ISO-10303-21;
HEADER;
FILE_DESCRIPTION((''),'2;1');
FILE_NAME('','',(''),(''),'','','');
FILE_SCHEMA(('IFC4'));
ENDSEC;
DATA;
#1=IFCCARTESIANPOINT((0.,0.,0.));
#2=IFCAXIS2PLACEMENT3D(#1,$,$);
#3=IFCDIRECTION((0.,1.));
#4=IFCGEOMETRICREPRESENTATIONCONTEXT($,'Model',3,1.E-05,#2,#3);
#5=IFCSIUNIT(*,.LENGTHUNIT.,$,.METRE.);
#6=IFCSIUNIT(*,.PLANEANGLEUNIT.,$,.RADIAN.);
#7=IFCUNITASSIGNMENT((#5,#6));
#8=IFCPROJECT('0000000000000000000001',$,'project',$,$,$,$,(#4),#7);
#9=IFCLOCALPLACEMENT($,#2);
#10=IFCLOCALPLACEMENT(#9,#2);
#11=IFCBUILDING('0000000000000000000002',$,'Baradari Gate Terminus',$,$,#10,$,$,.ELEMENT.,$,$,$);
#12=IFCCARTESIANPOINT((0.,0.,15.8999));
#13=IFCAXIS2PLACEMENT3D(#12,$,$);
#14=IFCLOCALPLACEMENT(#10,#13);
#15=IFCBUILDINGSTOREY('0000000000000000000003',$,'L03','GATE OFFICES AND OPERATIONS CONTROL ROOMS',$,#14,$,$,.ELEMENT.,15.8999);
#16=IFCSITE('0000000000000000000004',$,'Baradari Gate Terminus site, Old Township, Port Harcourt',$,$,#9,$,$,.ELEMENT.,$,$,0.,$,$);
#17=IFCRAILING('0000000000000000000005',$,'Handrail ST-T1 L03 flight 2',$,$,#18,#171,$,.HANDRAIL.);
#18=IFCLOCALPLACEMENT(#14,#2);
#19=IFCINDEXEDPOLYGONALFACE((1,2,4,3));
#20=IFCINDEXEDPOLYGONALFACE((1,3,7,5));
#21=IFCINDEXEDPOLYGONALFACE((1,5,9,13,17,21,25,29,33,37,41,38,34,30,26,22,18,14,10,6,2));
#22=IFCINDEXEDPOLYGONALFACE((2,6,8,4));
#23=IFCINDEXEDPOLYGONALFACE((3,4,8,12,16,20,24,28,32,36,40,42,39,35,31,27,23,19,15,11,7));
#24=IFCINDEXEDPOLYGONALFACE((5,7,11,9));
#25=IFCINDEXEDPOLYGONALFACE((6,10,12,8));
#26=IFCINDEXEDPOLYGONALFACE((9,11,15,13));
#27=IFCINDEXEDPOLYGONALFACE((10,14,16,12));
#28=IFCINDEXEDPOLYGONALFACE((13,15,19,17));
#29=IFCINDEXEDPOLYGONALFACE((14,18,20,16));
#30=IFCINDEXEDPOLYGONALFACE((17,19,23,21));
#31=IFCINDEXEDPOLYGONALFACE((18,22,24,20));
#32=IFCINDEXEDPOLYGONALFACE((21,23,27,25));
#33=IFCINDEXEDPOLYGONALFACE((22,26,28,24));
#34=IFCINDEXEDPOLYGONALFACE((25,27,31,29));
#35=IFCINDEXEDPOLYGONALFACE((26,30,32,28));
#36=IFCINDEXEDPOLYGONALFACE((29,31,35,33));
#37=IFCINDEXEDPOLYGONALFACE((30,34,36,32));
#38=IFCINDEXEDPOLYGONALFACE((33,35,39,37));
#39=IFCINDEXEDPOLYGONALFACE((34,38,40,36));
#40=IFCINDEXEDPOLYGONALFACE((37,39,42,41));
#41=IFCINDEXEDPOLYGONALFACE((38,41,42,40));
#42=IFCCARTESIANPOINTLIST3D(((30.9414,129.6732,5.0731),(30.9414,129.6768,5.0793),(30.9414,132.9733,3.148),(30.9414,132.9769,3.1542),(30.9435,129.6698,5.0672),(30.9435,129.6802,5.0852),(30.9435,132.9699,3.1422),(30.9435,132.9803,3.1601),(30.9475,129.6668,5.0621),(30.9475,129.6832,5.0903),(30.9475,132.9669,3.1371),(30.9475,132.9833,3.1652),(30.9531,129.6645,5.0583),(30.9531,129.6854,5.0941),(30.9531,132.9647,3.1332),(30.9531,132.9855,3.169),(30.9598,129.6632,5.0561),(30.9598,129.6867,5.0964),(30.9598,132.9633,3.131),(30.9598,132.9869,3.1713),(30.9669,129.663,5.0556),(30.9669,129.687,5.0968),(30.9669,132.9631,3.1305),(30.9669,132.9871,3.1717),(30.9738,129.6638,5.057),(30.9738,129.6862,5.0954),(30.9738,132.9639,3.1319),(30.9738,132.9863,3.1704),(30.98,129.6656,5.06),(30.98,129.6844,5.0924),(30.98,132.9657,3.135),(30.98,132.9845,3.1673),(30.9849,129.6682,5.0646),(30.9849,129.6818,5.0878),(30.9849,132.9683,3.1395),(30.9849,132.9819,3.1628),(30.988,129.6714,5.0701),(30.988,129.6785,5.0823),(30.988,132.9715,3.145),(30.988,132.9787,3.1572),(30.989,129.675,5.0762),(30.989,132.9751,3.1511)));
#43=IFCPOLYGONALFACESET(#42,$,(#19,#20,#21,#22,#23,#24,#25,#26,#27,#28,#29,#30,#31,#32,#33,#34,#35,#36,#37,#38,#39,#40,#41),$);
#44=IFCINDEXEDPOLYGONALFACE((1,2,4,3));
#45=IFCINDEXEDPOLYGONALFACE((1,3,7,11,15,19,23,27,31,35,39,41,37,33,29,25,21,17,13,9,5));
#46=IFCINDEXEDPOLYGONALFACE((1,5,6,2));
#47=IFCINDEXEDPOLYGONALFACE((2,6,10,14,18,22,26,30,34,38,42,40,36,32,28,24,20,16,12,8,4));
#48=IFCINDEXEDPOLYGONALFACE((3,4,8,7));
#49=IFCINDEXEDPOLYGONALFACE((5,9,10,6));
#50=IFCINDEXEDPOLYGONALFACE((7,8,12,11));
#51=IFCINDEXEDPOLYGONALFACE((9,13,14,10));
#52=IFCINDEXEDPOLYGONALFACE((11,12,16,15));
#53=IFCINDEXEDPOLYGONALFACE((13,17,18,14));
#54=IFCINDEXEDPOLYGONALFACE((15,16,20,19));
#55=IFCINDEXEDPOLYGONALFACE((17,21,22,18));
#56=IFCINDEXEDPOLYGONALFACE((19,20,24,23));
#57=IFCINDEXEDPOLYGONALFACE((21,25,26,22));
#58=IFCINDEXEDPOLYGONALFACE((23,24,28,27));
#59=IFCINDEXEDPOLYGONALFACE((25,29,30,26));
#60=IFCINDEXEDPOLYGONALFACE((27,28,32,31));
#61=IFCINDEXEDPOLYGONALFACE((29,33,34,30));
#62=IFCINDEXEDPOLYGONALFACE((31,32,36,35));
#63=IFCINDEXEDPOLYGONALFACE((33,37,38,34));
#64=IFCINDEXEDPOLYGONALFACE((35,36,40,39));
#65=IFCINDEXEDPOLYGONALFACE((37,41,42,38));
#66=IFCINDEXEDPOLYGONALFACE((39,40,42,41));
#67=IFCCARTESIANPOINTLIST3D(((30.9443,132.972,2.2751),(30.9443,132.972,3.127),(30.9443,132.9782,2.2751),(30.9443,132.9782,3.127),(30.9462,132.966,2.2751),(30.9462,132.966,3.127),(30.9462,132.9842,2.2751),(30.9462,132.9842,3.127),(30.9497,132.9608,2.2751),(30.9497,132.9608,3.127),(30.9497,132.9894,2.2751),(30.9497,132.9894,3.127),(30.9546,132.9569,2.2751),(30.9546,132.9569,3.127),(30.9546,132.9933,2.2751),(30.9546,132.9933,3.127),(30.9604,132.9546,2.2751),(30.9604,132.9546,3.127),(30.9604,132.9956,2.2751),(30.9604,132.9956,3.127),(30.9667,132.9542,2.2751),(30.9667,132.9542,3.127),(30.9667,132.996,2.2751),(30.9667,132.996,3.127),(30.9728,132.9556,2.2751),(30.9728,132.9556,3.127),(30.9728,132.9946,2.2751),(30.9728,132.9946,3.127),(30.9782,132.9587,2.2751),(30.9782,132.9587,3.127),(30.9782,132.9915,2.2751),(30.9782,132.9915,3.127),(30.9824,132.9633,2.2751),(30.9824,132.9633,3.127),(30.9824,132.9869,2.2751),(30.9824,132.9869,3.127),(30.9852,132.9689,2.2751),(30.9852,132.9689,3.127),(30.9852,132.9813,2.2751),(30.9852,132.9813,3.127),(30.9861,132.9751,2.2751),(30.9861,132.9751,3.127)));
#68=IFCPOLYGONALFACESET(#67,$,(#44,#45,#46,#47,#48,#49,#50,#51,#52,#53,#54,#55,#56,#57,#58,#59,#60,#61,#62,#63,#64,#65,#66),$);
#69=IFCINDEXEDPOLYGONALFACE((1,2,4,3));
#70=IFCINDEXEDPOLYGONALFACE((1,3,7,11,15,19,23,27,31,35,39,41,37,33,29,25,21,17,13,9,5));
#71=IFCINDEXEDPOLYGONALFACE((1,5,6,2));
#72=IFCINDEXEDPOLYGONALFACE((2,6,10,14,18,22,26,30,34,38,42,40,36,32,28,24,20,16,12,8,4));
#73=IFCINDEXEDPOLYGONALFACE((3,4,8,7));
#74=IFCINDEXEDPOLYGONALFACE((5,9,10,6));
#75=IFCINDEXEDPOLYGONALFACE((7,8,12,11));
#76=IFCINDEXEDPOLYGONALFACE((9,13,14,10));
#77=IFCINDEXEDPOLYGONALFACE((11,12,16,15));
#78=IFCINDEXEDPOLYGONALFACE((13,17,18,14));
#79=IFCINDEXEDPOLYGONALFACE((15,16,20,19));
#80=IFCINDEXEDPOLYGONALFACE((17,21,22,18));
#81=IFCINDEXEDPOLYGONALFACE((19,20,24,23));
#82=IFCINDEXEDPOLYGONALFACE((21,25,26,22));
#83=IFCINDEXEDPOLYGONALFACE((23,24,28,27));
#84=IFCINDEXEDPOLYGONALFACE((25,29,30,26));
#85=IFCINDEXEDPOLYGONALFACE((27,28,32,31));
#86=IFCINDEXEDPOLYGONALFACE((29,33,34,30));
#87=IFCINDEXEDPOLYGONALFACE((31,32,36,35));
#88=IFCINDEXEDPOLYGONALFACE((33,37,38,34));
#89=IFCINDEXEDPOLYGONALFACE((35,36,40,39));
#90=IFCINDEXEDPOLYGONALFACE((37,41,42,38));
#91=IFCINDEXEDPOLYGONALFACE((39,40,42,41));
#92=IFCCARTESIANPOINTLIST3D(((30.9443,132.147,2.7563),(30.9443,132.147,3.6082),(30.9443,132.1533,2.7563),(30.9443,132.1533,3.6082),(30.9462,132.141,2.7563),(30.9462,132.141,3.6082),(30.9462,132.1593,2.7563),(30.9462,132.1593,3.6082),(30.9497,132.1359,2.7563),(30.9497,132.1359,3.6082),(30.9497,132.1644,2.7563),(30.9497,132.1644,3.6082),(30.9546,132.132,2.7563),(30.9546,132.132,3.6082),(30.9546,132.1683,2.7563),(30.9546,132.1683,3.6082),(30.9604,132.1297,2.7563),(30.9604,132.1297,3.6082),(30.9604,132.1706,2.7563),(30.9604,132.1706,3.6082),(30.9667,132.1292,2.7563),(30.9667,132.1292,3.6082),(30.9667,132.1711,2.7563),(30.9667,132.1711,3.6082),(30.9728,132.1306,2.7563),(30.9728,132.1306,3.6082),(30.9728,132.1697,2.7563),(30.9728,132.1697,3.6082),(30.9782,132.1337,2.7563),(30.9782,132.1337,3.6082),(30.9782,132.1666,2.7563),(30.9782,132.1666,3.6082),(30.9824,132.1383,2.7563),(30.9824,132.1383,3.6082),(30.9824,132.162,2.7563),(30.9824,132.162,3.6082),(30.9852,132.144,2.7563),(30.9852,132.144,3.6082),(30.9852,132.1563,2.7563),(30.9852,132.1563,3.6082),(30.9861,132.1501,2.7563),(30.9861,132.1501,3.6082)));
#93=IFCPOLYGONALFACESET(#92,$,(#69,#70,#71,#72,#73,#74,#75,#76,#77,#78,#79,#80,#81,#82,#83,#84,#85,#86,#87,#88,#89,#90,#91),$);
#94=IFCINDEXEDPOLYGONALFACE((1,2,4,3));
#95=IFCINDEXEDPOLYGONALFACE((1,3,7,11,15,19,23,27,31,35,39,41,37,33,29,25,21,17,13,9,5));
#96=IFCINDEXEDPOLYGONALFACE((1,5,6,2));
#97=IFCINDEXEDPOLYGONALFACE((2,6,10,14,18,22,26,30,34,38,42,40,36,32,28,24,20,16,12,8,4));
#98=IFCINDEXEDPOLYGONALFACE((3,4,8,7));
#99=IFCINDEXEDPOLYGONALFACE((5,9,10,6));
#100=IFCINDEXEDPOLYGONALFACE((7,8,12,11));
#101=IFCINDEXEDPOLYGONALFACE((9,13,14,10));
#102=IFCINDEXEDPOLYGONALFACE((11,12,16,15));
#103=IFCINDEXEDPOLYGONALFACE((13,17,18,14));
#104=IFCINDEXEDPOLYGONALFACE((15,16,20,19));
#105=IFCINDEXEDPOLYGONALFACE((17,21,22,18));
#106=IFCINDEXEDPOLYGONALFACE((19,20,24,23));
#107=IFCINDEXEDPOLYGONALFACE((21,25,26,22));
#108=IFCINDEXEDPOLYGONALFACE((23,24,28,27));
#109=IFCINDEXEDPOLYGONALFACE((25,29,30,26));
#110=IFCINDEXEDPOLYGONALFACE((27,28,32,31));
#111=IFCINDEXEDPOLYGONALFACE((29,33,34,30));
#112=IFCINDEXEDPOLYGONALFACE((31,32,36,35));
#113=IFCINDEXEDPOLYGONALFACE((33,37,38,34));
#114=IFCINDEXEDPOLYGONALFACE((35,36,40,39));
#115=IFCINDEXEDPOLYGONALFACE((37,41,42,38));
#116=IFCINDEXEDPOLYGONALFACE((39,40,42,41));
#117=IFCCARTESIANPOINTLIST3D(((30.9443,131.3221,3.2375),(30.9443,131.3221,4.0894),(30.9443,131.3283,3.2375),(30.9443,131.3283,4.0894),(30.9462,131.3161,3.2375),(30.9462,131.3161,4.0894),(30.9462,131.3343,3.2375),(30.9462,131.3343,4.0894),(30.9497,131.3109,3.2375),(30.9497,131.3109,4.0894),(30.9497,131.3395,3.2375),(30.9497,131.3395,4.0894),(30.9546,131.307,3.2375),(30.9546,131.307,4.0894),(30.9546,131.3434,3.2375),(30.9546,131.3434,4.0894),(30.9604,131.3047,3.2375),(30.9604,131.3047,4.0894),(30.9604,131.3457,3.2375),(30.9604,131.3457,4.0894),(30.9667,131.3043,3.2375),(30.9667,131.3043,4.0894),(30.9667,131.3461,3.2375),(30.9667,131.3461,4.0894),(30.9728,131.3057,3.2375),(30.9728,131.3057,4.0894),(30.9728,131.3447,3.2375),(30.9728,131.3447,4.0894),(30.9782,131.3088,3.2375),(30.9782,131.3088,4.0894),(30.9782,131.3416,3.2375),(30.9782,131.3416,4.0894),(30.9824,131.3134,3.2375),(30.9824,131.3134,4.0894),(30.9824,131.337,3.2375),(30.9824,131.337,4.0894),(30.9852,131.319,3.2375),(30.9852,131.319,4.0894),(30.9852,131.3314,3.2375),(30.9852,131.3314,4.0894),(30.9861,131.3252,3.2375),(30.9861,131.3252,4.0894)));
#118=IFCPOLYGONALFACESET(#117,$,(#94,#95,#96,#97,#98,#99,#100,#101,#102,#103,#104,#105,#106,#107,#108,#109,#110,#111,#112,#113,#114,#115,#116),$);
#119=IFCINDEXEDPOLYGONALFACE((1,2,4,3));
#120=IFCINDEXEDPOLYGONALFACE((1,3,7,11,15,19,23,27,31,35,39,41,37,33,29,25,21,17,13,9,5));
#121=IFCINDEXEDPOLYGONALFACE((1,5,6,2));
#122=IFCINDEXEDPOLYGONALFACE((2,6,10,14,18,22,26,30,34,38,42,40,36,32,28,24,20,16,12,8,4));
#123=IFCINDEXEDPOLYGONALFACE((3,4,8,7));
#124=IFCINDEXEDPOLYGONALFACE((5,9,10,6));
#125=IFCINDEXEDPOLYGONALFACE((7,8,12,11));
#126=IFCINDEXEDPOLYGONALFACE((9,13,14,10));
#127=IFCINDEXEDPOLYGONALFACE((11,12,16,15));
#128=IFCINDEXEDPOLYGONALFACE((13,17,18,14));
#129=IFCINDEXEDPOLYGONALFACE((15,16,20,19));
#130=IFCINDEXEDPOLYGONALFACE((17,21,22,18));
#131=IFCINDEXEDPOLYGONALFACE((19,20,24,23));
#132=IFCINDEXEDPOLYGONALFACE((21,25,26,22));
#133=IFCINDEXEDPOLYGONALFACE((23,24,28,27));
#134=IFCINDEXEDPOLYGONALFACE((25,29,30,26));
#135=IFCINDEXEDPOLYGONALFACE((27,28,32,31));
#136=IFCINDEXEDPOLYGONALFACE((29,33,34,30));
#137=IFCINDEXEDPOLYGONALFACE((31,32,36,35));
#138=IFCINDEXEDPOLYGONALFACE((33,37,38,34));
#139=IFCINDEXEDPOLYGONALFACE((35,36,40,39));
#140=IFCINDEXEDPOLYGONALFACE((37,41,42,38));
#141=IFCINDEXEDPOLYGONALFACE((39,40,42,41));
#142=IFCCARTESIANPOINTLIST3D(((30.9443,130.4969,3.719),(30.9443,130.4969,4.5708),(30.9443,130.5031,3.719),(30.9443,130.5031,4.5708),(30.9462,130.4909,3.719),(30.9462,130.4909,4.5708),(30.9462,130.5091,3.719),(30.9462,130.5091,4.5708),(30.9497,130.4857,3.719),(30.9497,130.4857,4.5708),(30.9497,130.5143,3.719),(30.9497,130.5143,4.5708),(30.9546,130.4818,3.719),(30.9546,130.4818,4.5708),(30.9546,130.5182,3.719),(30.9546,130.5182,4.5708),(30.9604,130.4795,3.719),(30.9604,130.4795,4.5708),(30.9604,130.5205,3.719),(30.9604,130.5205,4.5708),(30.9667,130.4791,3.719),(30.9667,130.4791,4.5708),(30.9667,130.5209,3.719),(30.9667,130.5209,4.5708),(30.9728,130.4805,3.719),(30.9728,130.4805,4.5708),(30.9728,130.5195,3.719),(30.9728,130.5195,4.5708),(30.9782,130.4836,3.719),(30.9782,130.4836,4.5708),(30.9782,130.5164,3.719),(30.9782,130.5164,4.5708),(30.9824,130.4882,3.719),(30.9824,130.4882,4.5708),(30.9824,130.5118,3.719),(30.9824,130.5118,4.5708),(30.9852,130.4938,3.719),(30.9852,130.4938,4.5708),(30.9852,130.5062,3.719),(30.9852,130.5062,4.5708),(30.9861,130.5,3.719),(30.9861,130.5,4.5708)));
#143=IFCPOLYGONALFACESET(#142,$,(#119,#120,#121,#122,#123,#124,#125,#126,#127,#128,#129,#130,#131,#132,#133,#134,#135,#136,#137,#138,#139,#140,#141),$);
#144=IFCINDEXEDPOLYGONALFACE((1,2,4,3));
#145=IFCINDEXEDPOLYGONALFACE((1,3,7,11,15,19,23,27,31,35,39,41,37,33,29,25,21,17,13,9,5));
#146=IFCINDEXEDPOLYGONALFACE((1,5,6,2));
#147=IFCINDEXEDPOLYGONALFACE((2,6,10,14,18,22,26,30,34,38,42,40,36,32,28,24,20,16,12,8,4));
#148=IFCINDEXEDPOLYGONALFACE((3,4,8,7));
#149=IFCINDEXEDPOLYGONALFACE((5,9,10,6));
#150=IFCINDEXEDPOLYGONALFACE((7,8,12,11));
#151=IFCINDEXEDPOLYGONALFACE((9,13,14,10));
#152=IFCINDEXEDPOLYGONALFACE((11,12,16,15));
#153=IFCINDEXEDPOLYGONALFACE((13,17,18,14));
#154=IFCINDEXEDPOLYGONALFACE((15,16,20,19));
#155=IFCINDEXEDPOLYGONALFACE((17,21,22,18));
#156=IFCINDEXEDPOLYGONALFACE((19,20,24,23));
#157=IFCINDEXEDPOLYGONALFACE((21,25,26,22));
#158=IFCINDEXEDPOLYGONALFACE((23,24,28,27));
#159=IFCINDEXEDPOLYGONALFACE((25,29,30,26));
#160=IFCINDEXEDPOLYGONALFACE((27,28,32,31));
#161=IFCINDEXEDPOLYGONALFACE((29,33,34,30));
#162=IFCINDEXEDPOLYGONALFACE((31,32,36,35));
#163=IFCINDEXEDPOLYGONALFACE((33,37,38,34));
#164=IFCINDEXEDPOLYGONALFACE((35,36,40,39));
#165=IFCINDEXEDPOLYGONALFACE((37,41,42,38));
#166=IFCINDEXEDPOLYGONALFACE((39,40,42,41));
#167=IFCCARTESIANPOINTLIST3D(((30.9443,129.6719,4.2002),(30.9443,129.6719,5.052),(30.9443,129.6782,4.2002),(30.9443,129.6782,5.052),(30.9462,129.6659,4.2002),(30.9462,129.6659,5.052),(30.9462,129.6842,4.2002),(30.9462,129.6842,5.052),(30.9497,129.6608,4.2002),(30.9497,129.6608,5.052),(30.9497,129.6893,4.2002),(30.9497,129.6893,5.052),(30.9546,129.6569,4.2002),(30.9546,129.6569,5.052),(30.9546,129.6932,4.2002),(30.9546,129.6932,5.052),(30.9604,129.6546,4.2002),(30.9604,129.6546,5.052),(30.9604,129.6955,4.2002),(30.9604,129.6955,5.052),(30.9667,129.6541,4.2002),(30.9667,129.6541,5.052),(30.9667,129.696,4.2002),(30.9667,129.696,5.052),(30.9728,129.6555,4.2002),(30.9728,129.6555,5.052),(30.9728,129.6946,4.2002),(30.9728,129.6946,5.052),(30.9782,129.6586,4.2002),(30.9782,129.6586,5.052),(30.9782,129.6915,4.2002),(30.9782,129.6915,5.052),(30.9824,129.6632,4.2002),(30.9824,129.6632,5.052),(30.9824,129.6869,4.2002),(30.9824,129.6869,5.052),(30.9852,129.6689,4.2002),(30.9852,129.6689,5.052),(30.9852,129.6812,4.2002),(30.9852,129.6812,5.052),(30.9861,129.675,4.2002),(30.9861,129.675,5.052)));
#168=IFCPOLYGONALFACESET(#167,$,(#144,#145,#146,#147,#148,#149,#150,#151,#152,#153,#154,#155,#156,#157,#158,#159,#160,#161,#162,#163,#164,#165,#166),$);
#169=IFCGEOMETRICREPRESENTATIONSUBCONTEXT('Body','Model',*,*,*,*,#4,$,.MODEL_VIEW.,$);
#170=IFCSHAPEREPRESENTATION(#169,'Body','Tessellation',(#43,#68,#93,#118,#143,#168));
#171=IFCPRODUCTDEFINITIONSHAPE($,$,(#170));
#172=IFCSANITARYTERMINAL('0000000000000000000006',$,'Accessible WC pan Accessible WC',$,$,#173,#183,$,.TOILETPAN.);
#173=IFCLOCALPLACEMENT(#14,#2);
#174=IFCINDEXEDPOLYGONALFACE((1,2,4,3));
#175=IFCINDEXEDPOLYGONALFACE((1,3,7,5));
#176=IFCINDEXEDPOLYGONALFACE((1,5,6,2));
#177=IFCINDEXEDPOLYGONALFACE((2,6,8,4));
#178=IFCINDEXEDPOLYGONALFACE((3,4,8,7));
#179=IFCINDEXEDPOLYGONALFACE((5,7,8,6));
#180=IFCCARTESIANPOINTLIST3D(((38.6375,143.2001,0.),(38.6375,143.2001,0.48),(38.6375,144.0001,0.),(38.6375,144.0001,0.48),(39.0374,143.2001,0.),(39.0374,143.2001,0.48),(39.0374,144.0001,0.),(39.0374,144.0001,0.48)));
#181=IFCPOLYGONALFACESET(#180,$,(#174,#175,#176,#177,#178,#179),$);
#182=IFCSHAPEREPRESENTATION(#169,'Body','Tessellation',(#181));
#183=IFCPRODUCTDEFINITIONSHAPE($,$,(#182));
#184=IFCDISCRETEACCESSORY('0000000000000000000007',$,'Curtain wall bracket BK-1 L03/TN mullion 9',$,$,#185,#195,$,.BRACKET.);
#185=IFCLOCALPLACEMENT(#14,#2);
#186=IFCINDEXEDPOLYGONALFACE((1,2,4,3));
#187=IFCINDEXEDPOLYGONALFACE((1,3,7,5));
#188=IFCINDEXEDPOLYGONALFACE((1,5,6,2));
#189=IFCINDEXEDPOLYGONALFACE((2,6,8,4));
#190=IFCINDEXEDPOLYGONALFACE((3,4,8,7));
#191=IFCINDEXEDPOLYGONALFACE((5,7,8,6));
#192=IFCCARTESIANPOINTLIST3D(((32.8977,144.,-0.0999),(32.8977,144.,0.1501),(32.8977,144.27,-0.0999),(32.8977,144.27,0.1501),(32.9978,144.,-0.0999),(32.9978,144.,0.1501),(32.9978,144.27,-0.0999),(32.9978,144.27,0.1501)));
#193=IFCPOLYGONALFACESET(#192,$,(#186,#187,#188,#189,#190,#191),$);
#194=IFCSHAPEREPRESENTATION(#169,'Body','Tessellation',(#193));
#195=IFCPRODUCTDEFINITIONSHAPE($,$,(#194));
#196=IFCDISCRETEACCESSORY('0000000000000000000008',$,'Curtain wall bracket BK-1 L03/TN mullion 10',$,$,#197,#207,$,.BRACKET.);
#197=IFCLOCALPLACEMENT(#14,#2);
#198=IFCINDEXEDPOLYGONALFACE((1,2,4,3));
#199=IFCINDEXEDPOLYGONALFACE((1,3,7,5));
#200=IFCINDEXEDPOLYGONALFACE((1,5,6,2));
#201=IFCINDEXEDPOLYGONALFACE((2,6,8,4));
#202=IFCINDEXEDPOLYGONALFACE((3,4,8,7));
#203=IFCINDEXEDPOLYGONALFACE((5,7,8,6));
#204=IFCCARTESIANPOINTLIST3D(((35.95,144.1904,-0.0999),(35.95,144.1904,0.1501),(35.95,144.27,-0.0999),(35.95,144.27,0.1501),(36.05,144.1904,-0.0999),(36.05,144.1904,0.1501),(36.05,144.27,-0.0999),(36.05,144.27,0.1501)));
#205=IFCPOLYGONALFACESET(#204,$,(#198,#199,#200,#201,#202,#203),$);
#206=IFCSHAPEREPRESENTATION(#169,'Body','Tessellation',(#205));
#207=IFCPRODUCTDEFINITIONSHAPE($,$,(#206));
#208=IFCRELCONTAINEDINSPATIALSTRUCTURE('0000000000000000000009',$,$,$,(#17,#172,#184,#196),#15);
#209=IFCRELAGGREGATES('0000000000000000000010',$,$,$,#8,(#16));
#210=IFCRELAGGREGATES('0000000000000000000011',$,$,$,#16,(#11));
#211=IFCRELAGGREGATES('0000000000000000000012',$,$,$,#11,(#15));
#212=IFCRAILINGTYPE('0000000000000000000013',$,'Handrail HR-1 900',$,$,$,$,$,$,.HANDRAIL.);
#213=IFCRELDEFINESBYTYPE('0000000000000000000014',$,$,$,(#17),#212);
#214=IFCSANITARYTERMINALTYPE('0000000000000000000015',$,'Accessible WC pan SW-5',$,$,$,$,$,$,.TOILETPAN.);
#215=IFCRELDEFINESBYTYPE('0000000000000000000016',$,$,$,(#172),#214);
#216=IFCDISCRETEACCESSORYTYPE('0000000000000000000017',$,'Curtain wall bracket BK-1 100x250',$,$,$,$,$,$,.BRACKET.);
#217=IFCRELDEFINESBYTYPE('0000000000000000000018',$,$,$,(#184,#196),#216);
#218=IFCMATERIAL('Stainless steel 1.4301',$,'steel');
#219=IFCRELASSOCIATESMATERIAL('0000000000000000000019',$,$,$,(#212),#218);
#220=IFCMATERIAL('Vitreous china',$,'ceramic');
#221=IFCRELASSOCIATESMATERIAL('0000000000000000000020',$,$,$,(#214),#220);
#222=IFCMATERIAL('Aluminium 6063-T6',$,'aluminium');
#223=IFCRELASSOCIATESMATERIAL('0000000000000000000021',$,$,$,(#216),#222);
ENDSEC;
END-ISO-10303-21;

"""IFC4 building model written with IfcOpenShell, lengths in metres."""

from ifc_helpers import new_model, si_unit, direction, frame, origin, origin_2d, place, context, subcontext, project, spatial, rectangle, circle, extrude, material, type_object, element, save


model = new_model("IFC4")

# Units and contexts
model_context = context("Model", 3, precision=1e-05, world=origin(), true_north=direction((0.0, 1.0)))
body_context = subcontext(model_context, "Body", "Model", "MODEL_VIEW")
ifc_project = project(units=[si_unit("LENGTHUNIT", "METRE"), si_unit("PLANEANGLEUNIT", "RADIAN")], contexts=[model_context])

# Site, building, storey
site_placement = place(None, origin())
site = spatial("IfcSite", under=ifc_project, at=site_placement, Name="Baradari Gate Terminus site, Old Township, Port Harcourt", CompositionType="ELEMENT", RefElevation=0.0)
building_placement = place(site_placement, origin())
building = spatial("IfcBuilding", under=site, at=building_placement, Name="Baradari Gate Terminus", CompositionType="ELEMENT")
storey_placement = place(building_placement, frame((0.0, 0.0, 15.8999)))
storey = spatial("IfcBuildingStorey", under=building, at=storey_placement, Name="L03", Description="GATE OFFICES AND OPERATIONS CONTROL ROOMS", CompositionType="ELEMENT", Elevation=15.8999)

# Railing
ifc_material_1 = material(Name="Stainless steel 1.4301", Category="steel")
railing_type_1 = type_object("IfcRailingType", Name="Handrail HR-1 900", PredefinedType="HANDRAIL", material=ifc_material_1)
railing_1_placement = place(storey_placement, frame((30.9651, 132.9751, 2.2751)))
element("IfcRailing", 1, at=railing_1_placement, inside=storey, type_object=railing_type_1, Name="Handrail ST-T1 L03 flight 2", PredefinedType="HANDRAIL", context=body_context, shape_type="SweptSolid", body=[
    extrude(circle(Radius=0.0239, at=origin_2d()), frame((0.0, 0.0, 0.876), z_axis=(0.0, -0.863777, 0.503875), x_axis=(1.0, 0.0, 0.0)), (0.0, 0.0, 1.0), 3.8206),
    extrude(circle(Radius=0.021, at=origin_2d()), origin(), (0.0, 0.0, 1.0), 0.8518),
    extrude(circle(Radius=0.021, at=origin_2d()), frame((0.0, -0.825, 0.4812)), (0.0, 0.0, 1.0), 0.8518),
    extrude(circle(Radius=0.021, at=origin_2d()), frame((0.0, -1.6499, 0.9624)), (0.0, 0.0, 1.0), 0.8518),
    extrude(circle(Radius=0.021, at=origin_2d()), frame((0.0, -2.4751, 1.4438)), (0.0, 0.0, 1.0), 0.8518),
    extrude(circle(Radius=0.021, at=origin_2d()), frame((0.0, -3.3, 1.925)), (0.0, 0.0, 1.0), 0.8518),
])

# Sanitary terminal
ifc_material_2 = material(Name="Vitreous china", Category="ceramic")
sanitary_terminal_type = type_object("IfcSanitaryTerminalType", Name="Accessible WC pan SW-5", PredefinedType="TOILETPAN", material=ifc_material_2)
sanitary_terminal_placement = place(storey_placement, frame((38.8374, 143.6001, 0.0), z_axis=(0.0, 0.0, 1.0), x_axis=(1.0, 0.0, 0.0)))
element("IfcSanitaryTerminal", 2, at=sanitary_terminal_placement, inside=storey, type_object=sanitary_terminal_type, Name="Accessible WC pan Accessible WC", PredefinedType="TOILETPAN", context=body_context, shape_type="SweptSolid", body=[
    extrude(rectangle(XDim=0.3999, YDim=0.8, at=origin_2d()), origin(), (0.0, 0.0, 1.0), 0.48),
])

# Discrete accessories
ifc_material_3 = material(Name="Aluminium 6063-T6", Category="aluminium")
discrete_accessory_type = type_object("IfcDiscreteAccessoryType", Name="Curtain wall bracket BK-1 100x250", PredefinedType="BRACKET", material=ifc_material_3)
discrete_accessory_1_placement = place(storey_placement, frame((32.9478, 144.135, -0.0999), z_axis=(0.0, 0.0, 1.0), x_axis=(0.0, 1.0, 0.0)))
element("IfcDiscreteAccessory", 3, at=discrete_accessory_1_placement, inside=storey, type_object=discrete_accessory_type, Name="Curtain wall bracket BK-1 L03/TN mullion 9", PredefinedType="BRACKET", context=body_context, shape_type="SweptSolid", body=[
    extrude(rectangle(XDim=0.27, YDim=0.1001, at=origin_2d()), origin(), (0.0, 0.0, 1.0), 0.25),
])
discrete_accessory_2_placement = place(storey_placement, frame((36.0, 144.2302, -0.0999), z_axis=(0.0, 0.0, 1.0), x_axis=(0.0, 1.0, 0.0)))
element("IfcDiscreteAccessory", 4, at=discrete_accessory_2_placement, inside=storey, type_object=discrete_accessory_type, Name="Curtain wall bracket BK-1 L03/TN mullion 10", PredefinedType="BRACKET", context=body_context, shape_type="SweptSolid", body=[
    extrude(rectangle(XDim=0.0796, YDim=0.1001, at=origin_2d()), origin(), (0.0, 0.0, 1.0), 0.25),
])

save(model, "model.ifc")
